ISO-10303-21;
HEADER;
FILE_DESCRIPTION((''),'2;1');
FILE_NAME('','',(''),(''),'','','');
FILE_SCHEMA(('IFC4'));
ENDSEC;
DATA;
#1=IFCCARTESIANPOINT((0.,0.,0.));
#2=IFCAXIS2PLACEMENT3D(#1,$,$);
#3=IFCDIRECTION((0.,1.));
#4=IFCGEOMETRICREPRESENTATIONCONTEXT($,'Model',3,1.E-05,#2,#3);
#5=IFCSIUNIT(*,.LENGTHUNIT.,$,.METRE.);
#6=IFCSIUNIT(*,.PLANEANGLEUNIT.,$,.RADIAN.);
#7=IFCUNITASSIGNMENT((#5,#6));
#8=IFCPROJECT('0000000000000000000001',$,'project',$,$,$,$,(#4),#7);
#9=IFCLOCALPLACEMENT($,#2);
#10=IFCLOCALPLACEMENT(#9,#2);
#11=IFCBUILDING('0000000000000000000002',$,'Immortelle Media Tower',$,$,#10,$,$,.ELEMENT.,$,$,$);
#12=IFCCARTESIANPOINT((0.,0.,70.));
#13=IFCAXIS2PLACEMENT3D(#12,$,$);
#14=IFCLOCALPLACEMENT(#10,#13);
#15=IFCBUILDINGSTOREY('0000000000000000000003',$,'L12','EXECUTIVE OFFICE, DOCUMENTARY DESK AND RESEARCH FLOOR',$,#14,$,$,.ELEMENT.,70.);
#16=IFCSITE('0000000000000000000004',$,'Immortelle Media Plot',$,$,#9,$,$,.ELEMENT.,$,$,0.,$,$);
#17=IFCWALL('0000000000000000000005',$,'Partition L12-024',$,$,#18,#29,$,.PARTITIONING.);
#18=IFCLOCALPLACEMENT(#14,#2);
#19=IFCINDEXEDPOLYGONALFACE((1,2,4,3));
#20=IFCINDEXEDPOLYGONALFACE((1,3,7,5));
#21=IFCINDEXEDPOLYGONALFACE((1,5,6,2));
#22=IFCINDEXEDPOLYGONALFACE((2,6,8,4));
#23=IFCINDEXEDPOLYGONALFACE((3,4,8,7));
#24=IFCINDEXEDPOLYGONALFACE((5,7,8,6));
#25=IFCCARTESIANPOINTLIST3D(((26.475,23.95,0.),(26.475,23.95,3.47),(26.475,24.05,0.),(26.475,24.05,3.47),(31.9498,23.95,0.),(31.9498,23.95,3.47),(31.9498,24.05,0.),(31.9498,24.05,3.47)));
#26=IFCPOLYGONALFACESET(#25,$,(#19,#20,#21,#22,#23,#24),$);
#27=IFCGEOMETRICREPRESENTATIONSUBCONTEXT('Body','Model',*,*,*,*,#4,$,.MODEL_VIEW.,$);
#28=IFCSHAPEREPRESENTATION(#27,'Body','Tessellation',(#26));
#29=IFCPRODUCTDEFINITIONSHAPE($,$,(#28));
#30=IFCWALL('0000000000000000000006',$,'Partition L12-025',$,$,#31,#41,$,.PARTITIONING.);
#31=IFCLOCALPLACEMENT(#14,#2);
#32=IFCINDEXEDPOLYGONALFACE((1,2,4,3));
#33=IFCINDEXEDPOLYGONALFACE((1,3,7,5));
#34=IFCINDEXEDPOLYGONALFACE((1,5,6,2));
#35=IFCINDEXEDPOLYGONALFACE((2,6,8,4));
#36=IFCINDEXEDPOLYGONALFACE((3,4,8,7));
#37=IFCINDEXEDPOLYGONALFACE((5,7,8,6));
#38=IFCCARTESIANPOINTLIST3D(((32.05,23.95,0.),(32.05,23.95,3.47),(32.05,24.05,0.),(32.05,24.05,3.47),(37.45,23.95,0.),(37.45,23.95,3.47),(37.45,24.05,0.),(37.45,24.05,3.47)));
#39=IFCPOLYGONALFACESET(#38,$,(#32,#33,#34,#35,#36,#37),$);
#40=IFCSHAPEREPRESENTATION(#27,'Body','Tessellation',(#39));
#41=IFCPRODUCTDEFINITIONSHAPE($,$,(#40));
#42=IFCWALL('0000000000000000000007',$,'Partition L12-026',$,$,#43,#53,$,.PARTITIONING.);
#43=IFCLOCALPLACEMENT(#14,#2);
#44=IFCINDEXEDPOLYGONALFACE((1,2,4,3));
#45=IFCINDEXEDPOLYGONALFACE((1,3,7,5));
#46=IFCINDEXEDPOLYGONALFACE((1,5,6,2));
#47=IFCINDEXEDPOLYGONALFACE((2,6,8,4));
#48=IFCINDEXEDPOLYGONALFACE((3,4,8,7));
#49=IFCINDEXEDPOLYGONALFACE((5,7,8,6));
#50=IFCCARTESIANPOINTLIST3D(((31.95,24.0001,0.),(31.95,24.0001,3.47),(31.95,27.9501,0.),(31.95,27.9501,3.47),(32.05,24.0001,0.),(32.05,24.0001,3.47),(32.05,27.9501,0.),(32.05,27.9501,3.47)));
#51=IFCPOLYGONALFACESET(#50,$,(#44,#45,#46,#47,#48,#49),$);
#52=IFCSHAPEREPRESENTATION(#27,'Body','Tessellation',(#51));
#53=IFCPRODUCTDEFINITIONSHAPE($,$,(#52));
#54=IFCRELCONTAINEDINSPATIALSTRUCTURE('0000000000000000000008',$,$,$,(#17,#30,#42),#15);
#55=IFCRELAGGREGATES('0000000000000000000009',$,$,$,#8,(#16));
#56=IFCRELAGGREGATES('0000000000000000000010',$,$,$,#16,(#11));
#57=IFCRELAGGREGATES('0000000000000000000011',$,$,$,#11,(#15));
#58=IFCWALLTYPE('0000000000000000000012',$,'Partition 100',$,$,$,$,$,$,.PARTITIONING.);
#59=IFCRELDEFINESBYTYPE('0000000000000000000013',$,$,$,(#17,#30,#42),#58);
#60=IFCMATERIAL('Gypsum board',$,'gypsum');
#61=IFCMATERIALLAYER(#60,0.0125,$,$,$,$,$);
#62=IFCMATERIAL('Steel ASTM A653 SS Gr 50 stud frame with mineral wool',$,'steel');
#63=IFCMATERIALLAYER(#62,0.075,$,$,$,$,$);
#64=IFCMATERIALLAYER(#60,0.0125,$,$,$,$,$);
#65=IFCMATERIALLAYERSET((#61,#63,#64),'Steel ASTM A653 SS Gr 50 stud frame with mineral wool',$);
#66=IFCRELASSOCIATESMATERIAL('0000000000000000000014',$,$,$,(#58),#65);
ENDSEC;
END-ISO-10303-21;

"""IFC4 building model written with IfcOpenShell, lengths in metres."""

from ifc_helpers import new_model, si_unit, direction, frame, frame_2d, origin, place, context, subcontext, project, spatial, rectangle, extrude, material, layer, layer_set, type_object, element, save


model = new_model("IFC4")

# Units and contexts
model_context = context("Model", 3, precision=1e-05, world=origin(), true_north=direction((0.0, 1.0)))
body_context = subcontext(model_context, "Body", "Model", "MODEL_VIEW")
ifc_project = project(units=[si_unit("LENGTHUNIT", "METRE"), si_unit("PLANEANGLEUNIT", "RADIAN")], contexts=[model_context])

# Site, building, storey
site_placement = place(None, origin())
site = spatial("IfcSite", under=ifc_project, at=site_placement, Name="Immortelle Media Plot", CompositionType="ELEMENT", RefElevation=0.0)
building_placement = place(site_placement, origin())
building = spatial("IfcBuilding", under=site, at=building_placement, Name="Immortelle Media Tower", CompositionType="ELEMENT")
storey_placement = place(building_placement, frame((0.0, 0.0, 70.0)))
storey = spatial("IfcBuildingStorey", under=building, at=storey_placement, Name="L12", Description="EXECUTIVE OFFICE, DOCUMENTARY DESK AND RESEARCH FLOOR", CompositionType="ELEMENT", Elevation=70.0)

# Shared definitions
ifc_material_1 = material(Name="Steel ASTM A653 SS Gr 50 stud frame with mineral wool", Category="steel")

# Shared definitions
ifc_material_2 = material(Name="Gypsum board", Category="gypsum")
ifc_layer_1 = layer(ifc_material_2, 0.0125)
ifc_layer_2 = layer(ifc_material_1, 0.075)
ifc_layer_3 = layer(ifc_material_2, 0.0125)
ifc_layer_set_1 = layer_set([ifc_layer_1, ifc_layer_2, ifc_layer_3], Name="Steel ASTM A653 SS Gr 50 stud frame with mineral wool")
wall_type_1 = type_object("IfcWallType", Name="Partition 100", PredefinedType="PARTITIONING", material=ifc_layer_set_1)

# Walls
wall_1_placement = place(storey_placement, frame((26.4751, 24.0, 0.0), z_axis=(0.0, 0.0, 1.0), x_axis=(1.0, 0.0, 0.0)))
element("IfcWall", 1, at=wall_1_placement, inside=storey, type_object=wall_type_1, Name="Partition L12-024", PredefinedType="PARTITIONING", context=body_context, shape_type="SweptSolid", body=[
    extrude(rectangle(XDim=5.4749, YDim=0.1001, at=frame_2d((2.7373, 0.0))), origin(), (0.0, 0.0, 1.0), 3.47),
])
wall_2_placement = place(storey_placement, frame((32.05, 24.0, 0.0), z_axis=(0.0, 0.0, 1.0), x_axis=(1.0, 0.0, 0.0)))
element("IfcWall", 2, at=wall_2_placement, inside=storey, type_object=wall_type_1, Name="Partition L12-025", PredefinedType="PARTITIONING", context=body_context, shape_type="SweptSolid", body=[
    extrude(rectangle(XDim=5.3999, YDim=0.1001, at=frame_2d((2.7, 0.0))), origin(), (0.0, 0.0, 1.0), 3.47),
])
wall_3_placement = place(storey_placement, frame((32.0, 24.0, 0.0), z_axis=(0.0, 0.0, 1.0), x_axis=(0.0, 1.0, 0.0)))
element("IfcWall", 3, at=wall_3_placement, inside=storey, type_object=wall_type_1, Name="Partition L12-026", PredefinedType="PARTITIONING", context=body_context, shape_type="SweptSolid", body=[
    extrude(rectangle(XDim=3.95, YDim=0.1001, at=frame_2d((1.9751, 0.0))), origin(), (0.0, 0.0, 1.0), 3.47),
])

save(model, "model.ifc")
